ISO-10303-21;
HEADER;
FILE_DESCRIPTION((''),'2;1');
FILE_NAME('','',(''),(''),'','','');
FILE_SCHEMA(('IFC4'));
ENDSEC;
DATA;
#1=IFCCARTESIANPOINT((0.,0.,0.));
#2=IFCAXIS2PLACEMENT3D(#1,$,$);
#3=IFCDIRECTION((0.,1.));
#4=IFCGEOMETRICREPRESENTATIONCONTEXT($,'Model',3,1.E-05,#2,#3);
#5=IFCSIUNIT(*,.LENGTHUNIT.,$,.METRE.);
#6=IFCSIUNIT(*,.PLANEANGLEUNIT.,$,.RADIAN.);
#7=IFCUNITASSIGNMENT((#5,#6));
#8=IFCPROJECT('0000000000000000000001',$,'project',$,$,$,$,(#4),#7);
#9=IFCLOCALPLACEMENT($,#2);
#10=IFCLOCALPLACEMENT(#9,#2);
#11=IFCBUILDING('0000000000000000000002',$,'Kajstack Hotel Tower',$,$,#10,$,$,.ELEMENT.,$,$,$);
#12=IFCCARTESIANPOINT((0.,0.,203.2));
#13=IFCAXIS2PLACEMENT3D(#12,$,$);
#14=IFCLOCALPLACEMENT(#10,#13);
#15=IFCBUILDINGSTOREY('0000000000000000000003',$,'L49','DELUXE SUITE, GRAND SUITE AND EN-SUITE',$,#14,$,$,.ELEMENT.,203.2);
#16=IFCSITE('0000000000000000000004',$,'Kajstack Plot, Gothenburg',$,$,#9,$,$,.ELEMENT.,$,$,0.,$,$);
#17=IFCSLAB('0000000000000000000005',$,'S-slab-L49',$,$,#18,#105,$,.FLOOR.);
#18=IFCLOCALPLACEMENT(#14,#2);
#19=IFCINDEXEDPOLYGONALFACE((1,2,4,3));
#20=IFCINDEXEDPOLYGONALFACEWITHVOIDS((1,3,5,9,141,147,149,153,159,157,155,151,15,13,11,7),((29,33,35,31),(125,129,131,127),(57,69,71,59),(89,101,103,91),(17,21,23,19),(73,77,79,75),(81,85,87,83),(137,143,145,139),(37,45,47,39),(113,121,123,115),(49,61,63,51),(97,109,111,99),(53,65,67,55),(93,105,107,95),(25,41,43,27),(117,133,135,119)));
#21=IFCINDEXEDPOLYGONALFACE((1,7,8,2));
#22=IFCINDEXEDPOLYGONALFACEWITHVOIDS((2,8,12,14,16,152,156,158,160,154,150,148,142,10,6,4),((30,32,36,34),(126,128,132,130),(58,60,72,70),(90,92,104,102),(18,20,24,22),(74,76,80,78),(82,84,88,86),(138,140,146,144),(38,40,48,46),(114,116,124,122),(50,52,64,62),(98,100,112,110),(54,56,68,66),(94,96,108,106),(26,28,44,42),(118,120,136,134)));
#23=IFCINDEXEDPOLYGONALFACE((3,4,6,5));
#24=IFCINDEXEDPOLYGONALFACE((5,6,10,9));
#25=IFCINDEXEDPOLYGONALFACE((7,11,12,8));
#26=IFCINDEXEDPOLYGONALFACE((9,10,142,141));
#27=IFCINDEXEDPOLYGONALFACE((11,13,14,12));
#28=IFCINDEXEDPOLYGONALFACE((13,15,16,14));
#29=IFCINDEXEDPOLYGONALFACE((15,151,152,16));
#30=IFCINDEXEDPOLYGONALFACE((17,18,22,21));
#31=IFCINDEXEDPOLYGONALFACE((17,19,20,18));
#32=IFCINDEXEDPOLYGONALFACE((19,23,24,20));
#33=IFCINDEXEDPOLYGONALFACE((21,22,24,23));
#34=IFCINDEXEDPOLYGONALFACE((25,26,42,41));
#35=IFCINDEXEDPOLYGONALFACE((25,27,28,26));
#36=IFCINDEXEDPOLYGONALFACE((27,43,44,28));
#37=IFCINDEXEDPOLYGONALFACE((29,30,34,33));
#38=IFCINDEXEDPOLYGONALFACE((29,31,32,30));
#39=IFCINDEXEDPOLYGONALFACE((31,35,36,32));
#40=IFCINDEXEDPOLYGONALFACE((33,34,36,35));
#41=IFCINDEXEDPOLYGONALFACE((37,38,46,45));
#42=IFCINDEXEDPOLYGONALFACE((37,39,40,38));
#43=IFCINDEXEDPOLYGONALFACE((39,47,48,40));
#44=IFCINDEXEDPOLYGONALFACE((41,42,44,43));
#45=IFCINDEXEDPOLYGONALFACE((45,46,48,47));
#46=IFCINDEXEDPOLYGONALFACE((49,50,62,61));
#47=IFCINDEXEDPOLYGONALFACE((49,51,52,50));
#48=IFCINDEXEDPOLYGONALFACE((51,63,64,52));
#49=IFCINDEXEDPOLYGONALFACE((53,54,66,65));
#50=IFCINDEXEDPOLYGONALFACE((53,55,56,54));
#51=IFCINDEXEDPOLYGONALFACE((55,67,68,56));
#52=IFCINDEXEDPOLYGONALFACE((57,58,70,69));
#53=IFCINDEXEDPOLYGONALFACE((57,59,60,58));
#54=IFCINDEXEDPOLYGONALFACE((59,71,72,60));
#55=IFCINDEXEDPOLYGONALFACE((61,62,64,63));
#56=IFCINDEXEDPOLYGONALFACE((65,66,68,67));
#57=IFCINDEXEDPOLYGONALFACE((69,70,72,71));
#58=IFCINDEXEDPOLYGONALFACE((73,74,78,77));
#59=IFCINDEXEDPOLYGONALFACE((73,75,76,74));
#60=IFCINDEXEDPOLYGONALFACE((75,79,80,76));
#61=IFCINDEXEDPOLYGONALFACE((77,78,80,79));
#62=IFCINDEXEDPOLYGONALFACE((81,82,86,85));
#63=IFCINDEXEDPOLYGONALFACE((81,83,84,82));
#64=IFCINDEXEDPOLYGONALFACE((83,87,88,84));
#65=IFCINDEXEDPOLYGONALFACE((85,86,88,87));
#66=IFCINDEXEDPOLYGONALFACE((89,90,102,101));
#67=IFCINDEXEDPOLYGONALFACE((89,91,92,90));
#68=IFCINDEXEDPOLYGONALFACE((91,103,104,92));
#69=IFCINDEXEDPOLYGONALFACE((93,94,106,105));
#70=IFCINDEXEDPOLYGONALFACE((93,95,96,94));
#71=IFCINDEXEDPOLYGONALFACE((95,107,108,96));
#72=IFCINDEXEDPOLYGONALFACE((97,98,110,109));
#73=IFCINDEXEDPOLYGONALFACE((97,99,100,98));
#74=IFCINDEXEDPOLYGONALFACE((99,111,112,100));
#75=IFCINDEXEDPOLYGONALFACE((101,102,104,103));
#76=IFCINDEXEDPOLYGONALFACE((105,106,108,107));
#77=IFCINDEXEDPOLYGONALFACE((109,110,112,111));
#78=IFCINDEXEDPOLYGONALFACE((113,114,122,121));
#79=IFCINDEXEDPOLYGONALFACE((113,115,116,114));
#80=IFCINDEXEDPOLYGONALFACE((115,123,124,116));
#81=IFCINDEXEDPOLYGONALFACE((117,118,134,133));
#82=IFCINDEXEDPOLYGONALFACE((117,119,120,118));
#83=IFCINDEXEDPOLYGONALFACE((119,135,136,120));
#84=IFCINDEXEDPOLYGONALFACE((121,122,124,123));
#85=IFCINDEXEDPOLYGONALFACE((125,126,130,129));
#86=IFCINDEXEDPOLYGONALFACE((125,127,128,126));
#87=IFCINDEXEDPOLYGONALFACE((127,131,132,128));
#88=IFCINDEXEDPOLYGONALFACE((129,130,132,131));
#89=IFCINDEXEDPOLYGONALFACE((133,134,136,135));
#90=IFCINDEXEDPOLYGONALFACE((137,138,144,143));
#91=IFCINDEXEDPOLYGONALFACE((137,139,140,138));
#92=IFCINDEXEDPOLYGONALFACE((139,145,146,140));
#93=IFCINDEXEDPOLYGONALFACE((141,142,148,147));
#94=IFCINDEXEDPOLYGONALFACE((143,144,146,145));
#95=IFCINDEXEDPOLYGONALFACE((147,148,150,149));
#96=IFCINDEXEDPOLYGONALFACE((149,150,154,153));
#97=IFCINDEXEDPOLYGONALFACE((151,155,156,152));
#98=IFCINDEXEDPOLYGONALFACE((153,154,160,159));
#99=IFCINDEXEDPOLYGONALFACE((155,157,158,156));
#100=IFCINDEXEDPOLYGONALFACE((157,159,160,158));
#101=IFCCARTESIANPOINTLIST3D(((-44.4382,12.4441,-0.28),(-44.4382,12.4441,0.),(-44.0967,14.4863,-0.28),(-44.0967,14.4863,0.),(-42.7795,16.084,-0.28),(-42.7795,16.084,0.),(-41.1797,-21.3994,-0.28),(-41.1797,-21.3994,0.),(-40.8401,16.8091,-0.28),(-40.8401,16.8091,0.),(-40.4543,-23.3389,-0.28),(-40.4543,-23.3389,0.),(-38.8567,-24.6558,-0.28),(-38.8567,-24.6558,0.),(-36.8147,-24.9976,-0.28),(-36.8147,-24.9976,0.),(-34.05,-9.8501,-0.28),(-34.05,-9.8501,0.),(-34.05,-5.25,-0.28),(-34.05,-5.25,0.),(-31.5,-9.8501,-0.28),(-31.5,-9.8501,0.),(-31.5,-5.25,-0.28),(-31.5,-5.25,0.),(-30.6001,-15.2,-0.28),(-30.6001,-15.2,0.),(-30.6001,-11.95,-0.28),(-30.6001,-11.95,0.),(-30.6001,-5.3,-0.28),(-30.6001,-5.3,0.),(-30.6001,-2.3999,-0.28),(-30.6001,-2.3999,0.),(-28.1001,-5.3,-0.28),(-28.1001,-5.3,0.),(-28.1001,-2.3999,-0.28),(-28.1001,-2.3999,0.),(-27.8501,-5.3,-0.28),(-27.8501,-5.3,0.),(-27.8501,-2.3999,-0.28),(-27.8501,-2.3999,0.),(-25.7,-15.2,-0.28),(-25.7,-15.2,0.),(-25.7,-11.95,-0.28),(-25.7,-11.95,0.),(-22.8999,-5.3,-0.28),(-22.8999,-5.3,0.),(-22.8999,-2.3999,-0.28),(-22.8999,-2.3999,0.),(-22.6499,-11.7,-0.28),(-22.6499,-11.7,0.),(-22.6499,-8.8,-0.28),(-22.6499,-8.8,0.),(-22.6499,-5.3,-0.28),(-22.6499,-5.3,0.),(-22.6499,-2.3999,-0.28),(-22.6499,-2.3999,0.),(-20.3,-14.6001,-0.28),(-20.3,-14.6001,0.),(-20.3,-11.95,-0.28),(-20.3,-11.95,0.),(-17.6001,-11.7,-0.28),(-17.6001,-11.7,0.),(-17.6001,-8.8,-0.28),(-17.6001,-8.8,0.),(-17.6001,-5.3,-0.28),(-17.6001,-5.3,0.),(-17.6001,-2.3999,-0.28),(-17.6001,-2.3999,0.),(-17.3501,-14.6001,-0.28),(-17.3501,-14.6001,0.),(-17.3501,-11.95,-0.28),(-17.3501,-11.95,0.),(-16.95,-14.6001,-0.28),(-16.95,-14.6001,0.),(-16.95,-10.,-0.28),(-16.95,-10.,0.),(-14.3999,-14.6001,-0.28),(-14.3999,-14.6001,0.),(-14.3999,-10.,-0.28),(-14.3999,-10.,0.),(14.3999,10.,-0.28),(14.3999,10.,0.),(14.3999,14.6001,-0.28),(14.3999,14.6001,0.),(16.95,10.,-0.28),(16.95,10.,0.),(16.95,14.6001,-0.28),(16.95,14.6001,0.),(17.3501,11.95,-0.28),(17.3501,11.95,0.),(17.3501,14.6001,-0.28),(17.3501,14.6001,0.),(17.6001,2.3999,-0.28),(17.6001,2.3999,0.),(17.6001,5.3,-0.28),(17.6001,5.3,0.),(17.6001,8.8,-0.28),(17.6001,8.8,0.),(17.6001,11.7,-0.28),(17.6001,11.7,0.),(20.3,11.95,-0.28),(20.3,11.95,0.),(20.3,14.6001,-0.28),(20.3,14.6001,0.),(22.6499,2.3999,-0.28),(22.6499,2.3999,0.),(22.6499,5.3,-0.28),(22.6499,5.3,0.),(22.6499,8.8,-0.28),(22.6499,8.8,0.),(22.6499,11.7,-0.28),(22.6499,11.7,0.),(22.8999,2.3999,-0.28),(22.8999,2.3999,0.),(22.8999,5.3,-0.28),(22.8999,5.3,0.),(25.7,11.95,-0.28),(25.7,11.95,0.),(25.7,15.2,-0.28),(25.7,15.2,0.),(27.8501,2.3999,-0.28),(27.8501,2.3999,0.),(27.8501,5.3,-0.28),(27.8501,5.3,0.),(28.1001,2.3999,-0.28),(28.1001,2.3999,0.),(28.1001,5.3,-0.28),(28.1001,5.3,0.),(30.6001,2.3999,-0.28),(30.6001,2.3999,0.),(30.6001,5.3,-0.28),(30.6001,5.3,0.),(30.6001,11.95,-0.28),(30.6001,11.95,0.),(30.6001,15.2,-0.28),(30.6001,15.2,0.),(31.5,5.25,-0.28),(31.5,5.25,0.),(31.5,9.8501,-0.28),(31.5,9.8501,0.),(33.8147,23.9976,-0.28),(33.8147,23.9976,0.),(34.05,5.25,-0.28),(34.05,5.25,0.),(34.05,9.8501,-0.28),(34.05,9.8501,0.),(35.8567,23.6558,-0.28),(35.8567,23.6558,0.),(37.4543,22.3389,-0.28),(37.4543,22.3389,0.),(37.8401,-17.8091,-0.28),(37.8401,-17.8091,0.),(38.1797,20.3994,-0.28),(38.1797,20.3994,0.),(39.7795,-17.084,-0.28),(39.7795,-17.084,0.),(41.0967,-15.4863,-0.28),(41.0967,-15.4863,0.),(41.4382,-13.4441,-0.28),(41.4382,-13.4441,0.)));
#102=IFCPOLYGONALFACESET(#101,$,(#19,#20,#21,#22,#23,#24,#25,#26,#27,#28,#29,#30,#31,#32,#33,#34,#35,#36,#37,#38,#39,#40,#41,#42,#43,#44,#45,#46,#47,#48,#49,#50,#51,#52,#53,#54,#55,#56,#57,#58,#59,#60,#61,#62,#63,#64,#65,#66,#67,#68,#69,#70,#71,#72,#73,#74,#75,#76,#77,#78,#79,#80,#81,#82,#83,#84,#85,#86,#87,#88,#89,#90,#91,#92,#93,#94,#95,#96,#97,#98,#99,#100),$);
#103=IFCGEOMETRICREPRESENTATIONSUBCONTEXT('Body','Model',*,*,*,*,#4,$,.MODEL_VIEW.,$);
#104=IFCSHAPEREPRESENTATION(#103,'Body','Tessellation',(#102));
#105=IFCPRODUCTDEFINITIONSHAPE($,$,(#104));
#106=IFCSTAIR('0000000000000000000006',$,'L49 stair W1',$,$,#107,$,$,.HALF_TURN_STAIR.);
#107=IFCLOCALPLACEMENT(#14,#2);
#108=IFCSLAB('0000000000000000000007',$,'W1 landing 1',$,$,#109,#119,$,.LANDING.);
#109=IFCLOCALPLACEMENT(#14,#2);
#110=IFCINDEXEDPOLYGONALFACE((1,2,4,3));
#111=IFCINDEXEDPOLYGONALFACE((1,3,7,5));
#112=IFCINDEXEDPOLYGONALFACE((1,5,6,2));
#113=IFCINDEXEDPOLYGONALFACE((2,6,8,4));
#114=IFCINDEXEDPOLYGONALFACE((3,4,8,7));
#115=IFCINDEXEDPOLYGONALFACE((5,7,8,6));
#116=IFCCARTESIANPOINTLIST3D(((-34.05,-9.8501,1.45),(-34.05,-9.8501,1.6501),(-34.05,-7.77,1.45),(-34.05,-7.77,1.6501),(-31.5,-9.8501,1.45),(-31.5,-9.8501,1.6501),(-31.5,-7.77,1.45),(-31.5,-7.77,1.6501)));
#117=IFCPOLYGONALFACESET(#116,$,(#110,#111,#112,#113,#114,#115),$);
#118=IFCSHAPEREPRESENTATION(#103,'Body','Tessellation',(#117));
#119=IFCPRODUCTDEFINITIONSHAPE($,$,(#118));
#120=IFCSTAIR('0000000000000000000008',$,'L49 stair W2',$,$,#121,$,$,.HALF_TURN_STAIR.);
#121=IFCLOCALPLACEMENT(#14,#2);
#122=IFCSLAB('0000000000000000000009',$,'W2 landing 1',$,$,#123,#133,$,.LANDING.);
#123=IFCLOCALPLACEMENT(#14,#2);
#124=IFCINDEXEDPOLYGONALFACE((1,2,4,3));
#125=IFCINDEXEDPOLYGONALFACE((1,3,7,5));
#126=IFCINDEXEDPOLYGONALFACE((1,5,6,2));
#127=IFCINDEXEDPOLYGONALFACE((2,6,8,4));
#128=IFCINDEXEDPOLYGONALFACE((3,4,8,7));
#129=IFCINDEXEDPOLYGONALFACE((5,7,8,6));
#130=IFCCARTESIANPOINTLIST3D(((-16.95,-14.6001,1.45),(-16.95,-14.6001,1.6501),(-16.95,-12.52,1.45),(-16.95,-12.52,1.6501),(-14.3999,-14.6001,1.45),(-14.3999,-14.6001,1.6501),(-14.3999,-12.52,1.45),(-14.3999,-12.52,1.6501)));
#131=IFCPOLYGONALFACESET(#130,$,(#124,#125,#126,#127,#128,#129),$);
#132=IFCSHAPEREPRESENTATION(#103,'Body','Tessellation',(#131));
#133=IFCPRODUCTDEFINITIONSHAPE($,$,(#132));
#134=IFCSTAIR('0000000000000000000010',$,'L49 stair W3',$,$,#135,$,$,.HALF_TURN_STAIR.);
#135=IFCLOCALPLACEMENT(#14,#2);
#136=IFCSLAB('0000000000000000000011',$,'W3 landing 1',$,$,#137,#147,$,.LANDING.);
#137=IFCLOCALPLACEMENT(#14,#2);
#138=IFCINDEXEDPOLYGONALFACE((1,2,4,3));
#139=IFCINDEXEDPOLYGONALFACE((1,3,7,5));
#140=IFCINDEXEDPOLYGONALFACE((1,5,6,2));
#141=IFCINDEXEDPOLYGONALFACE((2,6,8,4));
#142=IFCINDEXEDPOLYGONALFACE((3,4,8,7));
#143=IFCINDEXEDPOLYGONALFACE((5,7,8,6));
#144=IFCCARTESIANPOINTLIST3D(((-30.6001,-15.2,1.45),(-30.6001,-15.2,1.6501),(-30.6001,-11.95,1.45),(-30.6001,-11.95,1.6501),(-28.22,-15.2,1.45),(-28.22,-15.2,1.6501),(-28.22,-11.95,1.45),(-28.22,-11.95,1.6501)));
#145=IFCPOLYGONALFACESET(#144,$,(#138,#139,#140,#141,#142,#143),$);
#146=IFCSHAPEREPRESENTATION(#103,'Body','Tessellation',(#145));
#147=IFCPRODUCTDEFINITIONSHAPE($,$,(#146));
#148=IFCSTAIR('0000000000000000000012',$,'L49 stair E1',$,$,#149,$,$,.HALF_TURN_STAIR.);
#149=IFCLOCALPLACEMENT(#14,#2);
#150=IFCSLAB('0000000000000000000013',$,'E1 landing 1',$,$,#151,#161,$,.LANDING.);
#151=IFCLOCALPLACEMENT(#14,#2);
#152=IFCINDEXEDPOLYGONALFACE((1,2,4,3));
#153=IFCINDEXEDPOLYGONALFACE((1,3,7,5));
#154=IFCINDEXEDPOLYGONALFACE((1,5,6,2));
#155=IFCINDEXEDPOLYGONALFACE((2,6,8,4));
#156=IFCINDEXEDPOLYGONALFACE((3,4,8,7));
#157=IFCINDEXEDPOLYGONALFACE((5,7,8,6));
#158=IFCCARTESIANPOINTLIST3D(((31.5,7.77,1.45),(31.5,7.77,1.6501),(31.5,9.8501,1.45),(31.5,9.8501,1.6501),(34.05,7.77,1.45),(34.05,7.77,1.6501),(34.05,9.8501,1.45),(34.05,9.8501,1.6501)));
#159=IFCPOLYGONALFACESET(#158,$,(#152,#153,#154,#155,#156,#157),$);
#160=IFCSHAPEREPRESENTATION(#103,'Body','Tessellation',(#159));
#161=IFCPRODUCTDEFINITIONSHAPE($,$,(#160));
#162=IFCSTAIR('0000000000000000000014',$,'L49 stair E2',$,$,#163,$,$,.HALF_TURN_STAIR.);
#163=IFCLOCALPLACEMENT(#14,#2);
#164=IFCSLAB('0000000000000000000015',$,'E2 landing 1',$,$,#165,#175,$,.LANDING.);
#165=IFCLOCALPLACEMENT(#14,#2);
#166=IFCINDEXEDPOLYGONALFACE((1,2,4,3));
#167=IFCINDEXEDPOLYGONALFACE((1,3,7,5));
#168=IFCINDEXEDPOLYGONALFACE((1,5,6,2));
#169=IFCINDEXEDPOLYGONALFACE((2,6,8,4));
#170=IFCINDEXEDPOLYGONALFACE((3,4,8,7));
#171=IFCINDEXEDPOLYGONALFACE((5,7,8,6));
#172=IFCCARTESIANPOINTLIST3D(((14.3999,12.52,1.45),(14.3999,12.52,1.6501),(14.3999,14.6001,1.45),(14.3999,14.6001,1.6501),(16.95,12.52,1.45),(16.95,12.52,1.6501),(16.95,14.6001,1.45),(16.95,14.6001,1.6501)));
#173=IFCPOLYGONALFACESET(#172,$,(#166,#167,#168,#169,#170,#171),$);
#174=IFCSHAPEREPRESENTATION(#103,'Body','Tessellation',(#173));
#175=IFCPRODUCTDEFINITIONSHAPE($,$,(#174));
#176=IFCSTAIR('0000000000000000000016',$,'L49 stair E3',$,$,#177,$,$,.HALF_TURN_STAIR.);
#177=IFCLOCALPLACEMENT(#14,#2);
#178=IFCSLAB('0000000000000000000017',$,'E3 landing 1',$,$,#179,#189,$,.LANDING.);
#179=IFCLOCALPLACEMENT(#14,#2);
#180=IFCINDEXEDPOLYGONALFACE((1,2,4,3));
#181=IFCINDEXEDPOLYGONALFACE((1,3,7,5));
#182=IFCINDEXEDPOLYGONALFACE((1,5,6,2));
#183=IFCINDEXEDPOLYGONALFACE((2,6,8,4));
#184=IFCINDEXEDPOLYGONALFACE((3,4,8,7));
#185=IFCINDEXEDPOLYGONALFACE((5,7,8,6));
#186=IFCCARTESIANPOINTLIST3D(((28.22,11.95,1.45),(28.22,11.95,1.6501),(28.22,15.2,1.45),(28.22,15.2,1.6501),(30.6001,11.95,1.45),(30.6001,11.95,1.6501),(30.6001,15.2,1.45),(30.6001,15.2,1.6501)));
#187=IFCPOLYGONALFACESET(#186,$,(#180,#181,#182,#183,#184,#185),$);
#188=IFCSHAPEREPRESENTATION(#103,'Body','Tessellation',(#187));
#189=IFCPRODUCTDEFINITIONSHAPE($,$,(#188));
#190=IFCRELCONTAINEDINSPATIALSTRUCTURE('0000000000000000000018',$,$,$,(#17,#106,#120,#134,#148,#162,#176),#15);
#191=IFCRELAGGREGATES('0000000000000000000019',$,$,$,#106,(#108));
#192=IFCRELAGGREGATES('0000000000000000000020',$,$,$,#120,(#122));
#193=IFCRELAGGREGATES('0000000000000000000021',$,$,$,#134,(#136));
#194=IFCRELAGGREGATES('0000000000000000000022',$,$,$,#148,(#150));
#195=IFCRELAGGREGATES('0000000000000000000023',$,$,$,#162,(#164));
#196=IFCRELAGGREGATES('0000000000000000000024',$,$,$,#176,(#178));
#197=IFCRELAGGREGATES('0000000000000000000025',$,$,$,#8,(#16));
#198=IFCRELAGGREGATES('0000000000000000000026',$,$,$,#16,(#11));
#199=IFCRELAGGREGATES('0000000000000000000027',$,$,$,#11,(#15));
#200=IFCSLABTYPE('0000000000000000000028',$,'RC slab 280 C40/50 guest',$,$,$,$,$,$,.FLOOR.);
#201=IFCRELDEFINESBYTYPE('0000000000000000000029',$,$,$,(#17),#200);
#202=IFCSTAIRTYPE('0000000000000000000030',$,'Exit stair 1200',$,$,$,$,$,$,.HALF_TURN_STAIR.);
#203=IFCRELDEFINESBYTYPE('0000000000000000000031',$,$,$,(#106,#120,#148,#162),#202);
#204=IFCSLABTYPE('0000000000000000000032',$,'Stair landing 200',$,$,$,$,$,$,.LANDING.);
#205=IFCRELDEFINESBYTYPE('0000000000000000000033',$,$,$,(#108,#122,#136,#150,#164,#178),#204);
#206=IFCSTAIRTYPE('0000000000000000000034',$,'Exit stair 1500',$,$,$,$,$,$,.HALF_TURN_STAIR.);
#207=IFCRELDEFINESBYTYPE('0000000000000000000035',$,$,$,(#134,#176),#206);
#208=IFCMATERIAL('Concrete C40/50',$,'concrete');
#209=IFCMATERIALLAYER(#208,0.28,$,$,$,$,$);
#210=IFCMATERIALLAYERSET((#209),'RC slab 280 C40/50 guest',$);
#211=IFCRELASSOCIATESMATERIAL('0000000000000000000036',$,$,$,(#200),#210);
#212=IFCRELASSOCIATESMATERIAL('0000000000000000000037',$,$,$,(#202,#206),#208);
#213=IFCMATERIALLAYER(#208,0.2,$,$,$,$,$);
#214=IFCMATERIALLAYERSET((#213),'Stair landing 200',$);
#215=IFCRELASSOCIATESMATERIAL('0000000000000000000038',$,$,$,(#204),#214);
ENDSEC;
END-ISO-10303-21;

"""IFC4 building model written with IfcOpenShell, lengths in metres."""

from ifc_helpers import new_model, si_unit, direction, frame, origin, place, context, subcontext, project, spatial, polyline, outline, extrude, material, layer, layer_set, type_object, element, aggregate, save


model = new_model("IFC4")

# Units and contexts
model_context = context("Model", 3, precision=1e-05, world=origin(), true_north=direction((0.0, 1.0)))
body_context = subcontext(model_context, "Body", "Model", "MODEL_VIEW")
ifc_project = project(units=[si_unit("LENGTHUNIT", "METRE"), si_unit("PLANEANGLEUNIT", "RADIAN")], contexts=[model_context])

# Site, building, storey
site_placement = place(None, origin())
site = spatial("IfcSite", under=ifc_project, at=site_placement, Name="Kajstack Plot, Gothenburg", CompositionType="ELEMENT", RefElevation=0.0)
building_placement = place(site_placement, origin())
building = spatial("IfcBuilding", under=site, at=building_placement, Name="Kajstack Hotel Tower", CompositionType="ELEMENT")
storey_placement = place(building_placement, frame((0.0, 0.0, 203.2)))
storey = spatial("IfcBuildingStorey", under=building, at=storey_placement, Name="L49", Description="DELUXE SUITE, GRAND SUITE AND EN-SUITE", CompositionType="ELEMENT", Elevation=203.2)

# Slab
ifc_material_1 = material(Name="Concrete C40/50", Category="concrete")
ifc_layer_1 = layer(ifc_material_1, 0.28)
ifc_layer_set_1 = layer_set([ifc_layer_1], Name="RC slab 280 C40/50 guest")
slab_type_1 = type_object("IfcSlabType", Name="RC slab 280 C40/50 guest", PredefinedType="FLOOR", material=ifc_layer_set_1)
slab_1_placement = place(storey_placement, frame((0.0, 0.0, -0.28)))
element("IfcSlab", 1, at=slab_1_placement, inside=storey, type_object=slab_type_1, Name="S-slab-L49", PredefinedType="FLOOR", context=body_context, shape_type="SweptSolid", body=[
    extrude(outline(polyline([(-44.4382, 12.4441), (-41.1797, -21.3994), (-40.4543, -23.3389), (-38.8567, -24.6558), (-36.8147, -24.9976), (37.8401, -17.8091), (39.7795, -17.084), (41.0967, -15.4863), (41.4382, -13.4441), (38.1797, 20.3994), (37.4543, 22.3389), (35.8567, 23.6558), (33.8147, 23.9976), (-40.8401, 16.8091), (-42.7795, 16.084), (-44.0967, 14.4863), (-44.4382, 12.4441)]), holes=[polyline([(-22.6499, -11.7), (-22.6499, -8.8), (-17.6001, -8.8), (-17.6001, -11.7), (-22.6499, -11.7)]), polyline([(-27.8501, -5.3), (-27.8501, -2.3999), (-22.8999, -2.3999), (-22.8999, -5.3), (-27.8501, -5.3)]), polyline([(-22.6499, -5.3), (-22.6499, -2.3999), (-17.6001, -2.3999), (-17.6001, -5.3), (-22.6499, -5.3)]), polyline([(-20.3, -14.6001), (-17.3501, -14.6001), (-17.3501, -11.95), (-20.3, -11.95), (-20.3, -14.6001)]), polyline([(-30.6001, -5.3), (-28.1001, -5.3), (-28.1001, -2.3999), (-30.6001, -2.3999), (-30.6001, -5.3)]), polyline([(17.6001, 8.8), (17.6001, 11.7), (22.6499, 11.7), (22.6499, 8.8), (17.6001, 8.8)]), polyline([(22.8999, 2.3999), (22.8999, 5.3), (27.8501, 5.3), (27.8501, 2.3999), (22.8999, 2.3999)]), polyline([(17.6001, 2.3999), (17.6001, 5.3), (22.6499, 5.3), (22.6499, 2.3999), (17.6001, 2.3999)]), polyline([(20.3, 14.6001), (17.3501, 14.6001), (17.3501, 11.95), (20.3, 11.95), (20.3, 14.6001)]), polyline([(30.6001, 5.3), (28.1001, 5.3), (28.1001, 2.3999), (30.6001, 2.3999), (30.6001, 5.3)]), polyline([(-34.05, -9.8501), (-31.5, -9.8501), (-31.5, -5.25), (-34.05, -5.25), (-34.05, -9.8501)]), polyline([(-16.95, -14.6001), (-14.3999, -14.6001), (-14.3999, -10.0), (-16.95, -10.0), (-16.95, -14.6001)]), polyline([(-30.6001, -15.2), (-25.7, -15.2), (-25.7, -11.95), (-30.6001, -11.95), (-30.6001, -15.2)]), polyline([(34.05, 9.8501), (31.5, 9.8501), (31.5, 5.25), (34.05, 5.25), (34.05, 9.8501)]), polyline([(16.95, 14.6001), (14.3999, 14.6001), (14.3999, 10.0), (16.95, 10.0), (16.95, 14.6001)]), polyline([(30.6001, 15.2), (25.7, 15.2), (25.7, 11.95), (30.6001, 11.95), (30.6001, 15.2)])]), origin(), (0.0, 0.0, 1.0), 0.28),
])

# Stairs, slabs
stair_type_1 = type_object("IfcStairType", Name="Exit stair 1200", PredefinedType="HALF_TURN_STAIR", material=ifc_material_1)
stair_1_placement = place(storey_placement, origin())
stair_1 = element("IfcStair", 2, at=stair_1_placement, inside=storey, type_object=stair_type_1, Name="L49 stair W1", PredefinedType="HALF_TURN_STAIR")
ifc_layer_2 = layer(ifc_material_1, 0.2)
ifc_layer_set_2 = layer_set([ifc_layer_2], Name="Stair landing 200")
slab_type_2 = type_object("IfcSlabType", Name="Stair landing 200", PredefinedType="LANDING", material=ifc_layer_set_2)
slab_2_placement = place(storey_placement, frame((0.0, 0.0, 1.45)))
slab_2 = element("IfcSlab", 3, at=slab_2_placement, type_object=slab_type_2, Name="W1 landing 1", PredefinedType="LANDING", context=body_context, shape_type="SweptSolid", body=[
    extrude(outline(polyline([(-34.05, -7.77), (-34.05, -9.8501), (-31.5, -9.8501), (-31.5, -7.77), (-34.05, -7.77)])), origin(), (0.0, 0.0, 1.0), 0.2002),
])
aggregate(stair_1, [slab_2])
stair_2_placement = place(storey_placement, origin())
stair_2 = element("IfcStair", 4, at=stair_2_placement, inside=storey, type_object=stair_type_1, Name="L49 stair W2", PredefinedType="HALF_TURN_STAIR")
slab_3_placement = place(storey_placement, frame((0.0, 0.0, 1.45)))
slab_3 = element("IfcSlab", 5, at=slab_3_placement, type_object=slab_type_2, Name="W2 landing 1", PredefinedType="LANDING", context=body_context, shape_type="SweptSolid", body=[
    extrude(outline(polyline([(-16.95, -12.52), (-16.95, -14.6001), (-14.3999, -14.6001), (-14.3999, -12.52), (-16.95, -12.52)])), origin(), (0.0, 0.0, 1.0), 0.2002),
])
aggregate(stair_2, [slab_3])
stair_type_2 = type_object("IfcStairType", Name="Exit stair 1500", PredefinedType="HALF_TURN_STAIR", material=ifc_material_1)
stair_3_placement = place(storey_placement, origin())
stair_3 = element("IfcStair", 6, at=stair_3_placement, inside=storey, type_object=stair_type_2, Name="L49 stair W3", PredefinedType="HALF_TURN_STAIR")
slab_4_placement = place(storey_placement, frame((0.0, 0.0, 1.45)))
slab_4 = element("IfcSlab", 7, at=slab_4_placement, type_object=slab_type_2, Name="W3 landing 1", PredefinedType="LANDING", context=body_context, shape_type="SweptSolid", body=[
    extrude(outline(polyline([(-28.22, -11.95), (-30.6001, -11.95), (-30.6001, -15.2), (-28.22, -15.2), (-28.22, -11.95)])), origin(), (0.0, 0.0, 1.0), 0.2002),
])
aggregate(stair_3, [slab_4])
stair_4_placement = place(storey_placement, origin())
stair_4 = element("IfcStair", 8, at=stair_4_placement, inside=storey, type_object=stair_type_1, Name="L49 stair E1", PredefinedType="HALF_TURN_STAIR")
slab_5_placement = place(storey_placement, frame((0.0, 0.0, 1.45)))
slab_5 = element("IfcSlab", 9, at=slab_5_placement, type_object=slab_type_2, Name="E1 landing 1", PredefinedType="LANDING", context=body_context, shape_type="SweptSolid", body=[
    extrude(outline(polyline([(34.05, 7.77), (34.05, 9.8501), (31.5, 9.8501), (31.5, 7.77), (34.05, 7.77)])), origin(), (0.0, 0.0, 1.0), 0.2002),
])
aggregate(stair_4, [slab_5])
stair_5_placement = place(storey_placement, origin())
stair_5 = element("IfcStair", 10, at=stair_5_placement, inside=storey, type_object=stair_type_1, Name="L49 stair E2", PredefinedType="HALF_TURN_STAIR")
slab_6_placement = place(storey_placement, frame((0.0, 0.0, 1.45)))
slab_6 = element("IfcSlab", 11, at=slab_6_placement, type_object=slab_type_2, Name="E2 landing 1", PredefinedType="LANDING", context=body_context, shape_type="SweptSolid", body=[
    extrude(outline(polyline([(16.95, 12.52), (16.95, 14.6001), (14.3999, 14.6001), (14.3999, 12.52), (16.95, 12.52)])), origin(), (0.0, 0.0, 1.0), 0.2002),
])
aggregate(stair_5, [slab_6])
stair_6_placement = place(storey_placement, origin())
stair_6 = element("IfcStair", 12, at=stair_6_placement, inside=storey, type_object=stair_type_2, Name="L49 stair E3", PredefinedType="HALF_TURN_STAIR")
slab_7_placement = place(storey_placement, frame((0.0, 0.0, 1.45)))
slab_7 = element("IfcSlab", 13, at=slab_7_placement, type_object=slab_type_2, Name="E3 landing 1", PredefinedType="LANDING", context=body_context, shape_type="SweptSolid", body=[
    extrude(outline(polyline([(28.22, 11.95), (30.6001, 11.95), (30.6001, 15.2), (28.22, 15.2), (28.22, 11.95)])), origin(), (0.0, 0.0, 1.0), 0.2002),
])
aggregate(stair_6, [slab_7])

save(model, "model.ifc")
